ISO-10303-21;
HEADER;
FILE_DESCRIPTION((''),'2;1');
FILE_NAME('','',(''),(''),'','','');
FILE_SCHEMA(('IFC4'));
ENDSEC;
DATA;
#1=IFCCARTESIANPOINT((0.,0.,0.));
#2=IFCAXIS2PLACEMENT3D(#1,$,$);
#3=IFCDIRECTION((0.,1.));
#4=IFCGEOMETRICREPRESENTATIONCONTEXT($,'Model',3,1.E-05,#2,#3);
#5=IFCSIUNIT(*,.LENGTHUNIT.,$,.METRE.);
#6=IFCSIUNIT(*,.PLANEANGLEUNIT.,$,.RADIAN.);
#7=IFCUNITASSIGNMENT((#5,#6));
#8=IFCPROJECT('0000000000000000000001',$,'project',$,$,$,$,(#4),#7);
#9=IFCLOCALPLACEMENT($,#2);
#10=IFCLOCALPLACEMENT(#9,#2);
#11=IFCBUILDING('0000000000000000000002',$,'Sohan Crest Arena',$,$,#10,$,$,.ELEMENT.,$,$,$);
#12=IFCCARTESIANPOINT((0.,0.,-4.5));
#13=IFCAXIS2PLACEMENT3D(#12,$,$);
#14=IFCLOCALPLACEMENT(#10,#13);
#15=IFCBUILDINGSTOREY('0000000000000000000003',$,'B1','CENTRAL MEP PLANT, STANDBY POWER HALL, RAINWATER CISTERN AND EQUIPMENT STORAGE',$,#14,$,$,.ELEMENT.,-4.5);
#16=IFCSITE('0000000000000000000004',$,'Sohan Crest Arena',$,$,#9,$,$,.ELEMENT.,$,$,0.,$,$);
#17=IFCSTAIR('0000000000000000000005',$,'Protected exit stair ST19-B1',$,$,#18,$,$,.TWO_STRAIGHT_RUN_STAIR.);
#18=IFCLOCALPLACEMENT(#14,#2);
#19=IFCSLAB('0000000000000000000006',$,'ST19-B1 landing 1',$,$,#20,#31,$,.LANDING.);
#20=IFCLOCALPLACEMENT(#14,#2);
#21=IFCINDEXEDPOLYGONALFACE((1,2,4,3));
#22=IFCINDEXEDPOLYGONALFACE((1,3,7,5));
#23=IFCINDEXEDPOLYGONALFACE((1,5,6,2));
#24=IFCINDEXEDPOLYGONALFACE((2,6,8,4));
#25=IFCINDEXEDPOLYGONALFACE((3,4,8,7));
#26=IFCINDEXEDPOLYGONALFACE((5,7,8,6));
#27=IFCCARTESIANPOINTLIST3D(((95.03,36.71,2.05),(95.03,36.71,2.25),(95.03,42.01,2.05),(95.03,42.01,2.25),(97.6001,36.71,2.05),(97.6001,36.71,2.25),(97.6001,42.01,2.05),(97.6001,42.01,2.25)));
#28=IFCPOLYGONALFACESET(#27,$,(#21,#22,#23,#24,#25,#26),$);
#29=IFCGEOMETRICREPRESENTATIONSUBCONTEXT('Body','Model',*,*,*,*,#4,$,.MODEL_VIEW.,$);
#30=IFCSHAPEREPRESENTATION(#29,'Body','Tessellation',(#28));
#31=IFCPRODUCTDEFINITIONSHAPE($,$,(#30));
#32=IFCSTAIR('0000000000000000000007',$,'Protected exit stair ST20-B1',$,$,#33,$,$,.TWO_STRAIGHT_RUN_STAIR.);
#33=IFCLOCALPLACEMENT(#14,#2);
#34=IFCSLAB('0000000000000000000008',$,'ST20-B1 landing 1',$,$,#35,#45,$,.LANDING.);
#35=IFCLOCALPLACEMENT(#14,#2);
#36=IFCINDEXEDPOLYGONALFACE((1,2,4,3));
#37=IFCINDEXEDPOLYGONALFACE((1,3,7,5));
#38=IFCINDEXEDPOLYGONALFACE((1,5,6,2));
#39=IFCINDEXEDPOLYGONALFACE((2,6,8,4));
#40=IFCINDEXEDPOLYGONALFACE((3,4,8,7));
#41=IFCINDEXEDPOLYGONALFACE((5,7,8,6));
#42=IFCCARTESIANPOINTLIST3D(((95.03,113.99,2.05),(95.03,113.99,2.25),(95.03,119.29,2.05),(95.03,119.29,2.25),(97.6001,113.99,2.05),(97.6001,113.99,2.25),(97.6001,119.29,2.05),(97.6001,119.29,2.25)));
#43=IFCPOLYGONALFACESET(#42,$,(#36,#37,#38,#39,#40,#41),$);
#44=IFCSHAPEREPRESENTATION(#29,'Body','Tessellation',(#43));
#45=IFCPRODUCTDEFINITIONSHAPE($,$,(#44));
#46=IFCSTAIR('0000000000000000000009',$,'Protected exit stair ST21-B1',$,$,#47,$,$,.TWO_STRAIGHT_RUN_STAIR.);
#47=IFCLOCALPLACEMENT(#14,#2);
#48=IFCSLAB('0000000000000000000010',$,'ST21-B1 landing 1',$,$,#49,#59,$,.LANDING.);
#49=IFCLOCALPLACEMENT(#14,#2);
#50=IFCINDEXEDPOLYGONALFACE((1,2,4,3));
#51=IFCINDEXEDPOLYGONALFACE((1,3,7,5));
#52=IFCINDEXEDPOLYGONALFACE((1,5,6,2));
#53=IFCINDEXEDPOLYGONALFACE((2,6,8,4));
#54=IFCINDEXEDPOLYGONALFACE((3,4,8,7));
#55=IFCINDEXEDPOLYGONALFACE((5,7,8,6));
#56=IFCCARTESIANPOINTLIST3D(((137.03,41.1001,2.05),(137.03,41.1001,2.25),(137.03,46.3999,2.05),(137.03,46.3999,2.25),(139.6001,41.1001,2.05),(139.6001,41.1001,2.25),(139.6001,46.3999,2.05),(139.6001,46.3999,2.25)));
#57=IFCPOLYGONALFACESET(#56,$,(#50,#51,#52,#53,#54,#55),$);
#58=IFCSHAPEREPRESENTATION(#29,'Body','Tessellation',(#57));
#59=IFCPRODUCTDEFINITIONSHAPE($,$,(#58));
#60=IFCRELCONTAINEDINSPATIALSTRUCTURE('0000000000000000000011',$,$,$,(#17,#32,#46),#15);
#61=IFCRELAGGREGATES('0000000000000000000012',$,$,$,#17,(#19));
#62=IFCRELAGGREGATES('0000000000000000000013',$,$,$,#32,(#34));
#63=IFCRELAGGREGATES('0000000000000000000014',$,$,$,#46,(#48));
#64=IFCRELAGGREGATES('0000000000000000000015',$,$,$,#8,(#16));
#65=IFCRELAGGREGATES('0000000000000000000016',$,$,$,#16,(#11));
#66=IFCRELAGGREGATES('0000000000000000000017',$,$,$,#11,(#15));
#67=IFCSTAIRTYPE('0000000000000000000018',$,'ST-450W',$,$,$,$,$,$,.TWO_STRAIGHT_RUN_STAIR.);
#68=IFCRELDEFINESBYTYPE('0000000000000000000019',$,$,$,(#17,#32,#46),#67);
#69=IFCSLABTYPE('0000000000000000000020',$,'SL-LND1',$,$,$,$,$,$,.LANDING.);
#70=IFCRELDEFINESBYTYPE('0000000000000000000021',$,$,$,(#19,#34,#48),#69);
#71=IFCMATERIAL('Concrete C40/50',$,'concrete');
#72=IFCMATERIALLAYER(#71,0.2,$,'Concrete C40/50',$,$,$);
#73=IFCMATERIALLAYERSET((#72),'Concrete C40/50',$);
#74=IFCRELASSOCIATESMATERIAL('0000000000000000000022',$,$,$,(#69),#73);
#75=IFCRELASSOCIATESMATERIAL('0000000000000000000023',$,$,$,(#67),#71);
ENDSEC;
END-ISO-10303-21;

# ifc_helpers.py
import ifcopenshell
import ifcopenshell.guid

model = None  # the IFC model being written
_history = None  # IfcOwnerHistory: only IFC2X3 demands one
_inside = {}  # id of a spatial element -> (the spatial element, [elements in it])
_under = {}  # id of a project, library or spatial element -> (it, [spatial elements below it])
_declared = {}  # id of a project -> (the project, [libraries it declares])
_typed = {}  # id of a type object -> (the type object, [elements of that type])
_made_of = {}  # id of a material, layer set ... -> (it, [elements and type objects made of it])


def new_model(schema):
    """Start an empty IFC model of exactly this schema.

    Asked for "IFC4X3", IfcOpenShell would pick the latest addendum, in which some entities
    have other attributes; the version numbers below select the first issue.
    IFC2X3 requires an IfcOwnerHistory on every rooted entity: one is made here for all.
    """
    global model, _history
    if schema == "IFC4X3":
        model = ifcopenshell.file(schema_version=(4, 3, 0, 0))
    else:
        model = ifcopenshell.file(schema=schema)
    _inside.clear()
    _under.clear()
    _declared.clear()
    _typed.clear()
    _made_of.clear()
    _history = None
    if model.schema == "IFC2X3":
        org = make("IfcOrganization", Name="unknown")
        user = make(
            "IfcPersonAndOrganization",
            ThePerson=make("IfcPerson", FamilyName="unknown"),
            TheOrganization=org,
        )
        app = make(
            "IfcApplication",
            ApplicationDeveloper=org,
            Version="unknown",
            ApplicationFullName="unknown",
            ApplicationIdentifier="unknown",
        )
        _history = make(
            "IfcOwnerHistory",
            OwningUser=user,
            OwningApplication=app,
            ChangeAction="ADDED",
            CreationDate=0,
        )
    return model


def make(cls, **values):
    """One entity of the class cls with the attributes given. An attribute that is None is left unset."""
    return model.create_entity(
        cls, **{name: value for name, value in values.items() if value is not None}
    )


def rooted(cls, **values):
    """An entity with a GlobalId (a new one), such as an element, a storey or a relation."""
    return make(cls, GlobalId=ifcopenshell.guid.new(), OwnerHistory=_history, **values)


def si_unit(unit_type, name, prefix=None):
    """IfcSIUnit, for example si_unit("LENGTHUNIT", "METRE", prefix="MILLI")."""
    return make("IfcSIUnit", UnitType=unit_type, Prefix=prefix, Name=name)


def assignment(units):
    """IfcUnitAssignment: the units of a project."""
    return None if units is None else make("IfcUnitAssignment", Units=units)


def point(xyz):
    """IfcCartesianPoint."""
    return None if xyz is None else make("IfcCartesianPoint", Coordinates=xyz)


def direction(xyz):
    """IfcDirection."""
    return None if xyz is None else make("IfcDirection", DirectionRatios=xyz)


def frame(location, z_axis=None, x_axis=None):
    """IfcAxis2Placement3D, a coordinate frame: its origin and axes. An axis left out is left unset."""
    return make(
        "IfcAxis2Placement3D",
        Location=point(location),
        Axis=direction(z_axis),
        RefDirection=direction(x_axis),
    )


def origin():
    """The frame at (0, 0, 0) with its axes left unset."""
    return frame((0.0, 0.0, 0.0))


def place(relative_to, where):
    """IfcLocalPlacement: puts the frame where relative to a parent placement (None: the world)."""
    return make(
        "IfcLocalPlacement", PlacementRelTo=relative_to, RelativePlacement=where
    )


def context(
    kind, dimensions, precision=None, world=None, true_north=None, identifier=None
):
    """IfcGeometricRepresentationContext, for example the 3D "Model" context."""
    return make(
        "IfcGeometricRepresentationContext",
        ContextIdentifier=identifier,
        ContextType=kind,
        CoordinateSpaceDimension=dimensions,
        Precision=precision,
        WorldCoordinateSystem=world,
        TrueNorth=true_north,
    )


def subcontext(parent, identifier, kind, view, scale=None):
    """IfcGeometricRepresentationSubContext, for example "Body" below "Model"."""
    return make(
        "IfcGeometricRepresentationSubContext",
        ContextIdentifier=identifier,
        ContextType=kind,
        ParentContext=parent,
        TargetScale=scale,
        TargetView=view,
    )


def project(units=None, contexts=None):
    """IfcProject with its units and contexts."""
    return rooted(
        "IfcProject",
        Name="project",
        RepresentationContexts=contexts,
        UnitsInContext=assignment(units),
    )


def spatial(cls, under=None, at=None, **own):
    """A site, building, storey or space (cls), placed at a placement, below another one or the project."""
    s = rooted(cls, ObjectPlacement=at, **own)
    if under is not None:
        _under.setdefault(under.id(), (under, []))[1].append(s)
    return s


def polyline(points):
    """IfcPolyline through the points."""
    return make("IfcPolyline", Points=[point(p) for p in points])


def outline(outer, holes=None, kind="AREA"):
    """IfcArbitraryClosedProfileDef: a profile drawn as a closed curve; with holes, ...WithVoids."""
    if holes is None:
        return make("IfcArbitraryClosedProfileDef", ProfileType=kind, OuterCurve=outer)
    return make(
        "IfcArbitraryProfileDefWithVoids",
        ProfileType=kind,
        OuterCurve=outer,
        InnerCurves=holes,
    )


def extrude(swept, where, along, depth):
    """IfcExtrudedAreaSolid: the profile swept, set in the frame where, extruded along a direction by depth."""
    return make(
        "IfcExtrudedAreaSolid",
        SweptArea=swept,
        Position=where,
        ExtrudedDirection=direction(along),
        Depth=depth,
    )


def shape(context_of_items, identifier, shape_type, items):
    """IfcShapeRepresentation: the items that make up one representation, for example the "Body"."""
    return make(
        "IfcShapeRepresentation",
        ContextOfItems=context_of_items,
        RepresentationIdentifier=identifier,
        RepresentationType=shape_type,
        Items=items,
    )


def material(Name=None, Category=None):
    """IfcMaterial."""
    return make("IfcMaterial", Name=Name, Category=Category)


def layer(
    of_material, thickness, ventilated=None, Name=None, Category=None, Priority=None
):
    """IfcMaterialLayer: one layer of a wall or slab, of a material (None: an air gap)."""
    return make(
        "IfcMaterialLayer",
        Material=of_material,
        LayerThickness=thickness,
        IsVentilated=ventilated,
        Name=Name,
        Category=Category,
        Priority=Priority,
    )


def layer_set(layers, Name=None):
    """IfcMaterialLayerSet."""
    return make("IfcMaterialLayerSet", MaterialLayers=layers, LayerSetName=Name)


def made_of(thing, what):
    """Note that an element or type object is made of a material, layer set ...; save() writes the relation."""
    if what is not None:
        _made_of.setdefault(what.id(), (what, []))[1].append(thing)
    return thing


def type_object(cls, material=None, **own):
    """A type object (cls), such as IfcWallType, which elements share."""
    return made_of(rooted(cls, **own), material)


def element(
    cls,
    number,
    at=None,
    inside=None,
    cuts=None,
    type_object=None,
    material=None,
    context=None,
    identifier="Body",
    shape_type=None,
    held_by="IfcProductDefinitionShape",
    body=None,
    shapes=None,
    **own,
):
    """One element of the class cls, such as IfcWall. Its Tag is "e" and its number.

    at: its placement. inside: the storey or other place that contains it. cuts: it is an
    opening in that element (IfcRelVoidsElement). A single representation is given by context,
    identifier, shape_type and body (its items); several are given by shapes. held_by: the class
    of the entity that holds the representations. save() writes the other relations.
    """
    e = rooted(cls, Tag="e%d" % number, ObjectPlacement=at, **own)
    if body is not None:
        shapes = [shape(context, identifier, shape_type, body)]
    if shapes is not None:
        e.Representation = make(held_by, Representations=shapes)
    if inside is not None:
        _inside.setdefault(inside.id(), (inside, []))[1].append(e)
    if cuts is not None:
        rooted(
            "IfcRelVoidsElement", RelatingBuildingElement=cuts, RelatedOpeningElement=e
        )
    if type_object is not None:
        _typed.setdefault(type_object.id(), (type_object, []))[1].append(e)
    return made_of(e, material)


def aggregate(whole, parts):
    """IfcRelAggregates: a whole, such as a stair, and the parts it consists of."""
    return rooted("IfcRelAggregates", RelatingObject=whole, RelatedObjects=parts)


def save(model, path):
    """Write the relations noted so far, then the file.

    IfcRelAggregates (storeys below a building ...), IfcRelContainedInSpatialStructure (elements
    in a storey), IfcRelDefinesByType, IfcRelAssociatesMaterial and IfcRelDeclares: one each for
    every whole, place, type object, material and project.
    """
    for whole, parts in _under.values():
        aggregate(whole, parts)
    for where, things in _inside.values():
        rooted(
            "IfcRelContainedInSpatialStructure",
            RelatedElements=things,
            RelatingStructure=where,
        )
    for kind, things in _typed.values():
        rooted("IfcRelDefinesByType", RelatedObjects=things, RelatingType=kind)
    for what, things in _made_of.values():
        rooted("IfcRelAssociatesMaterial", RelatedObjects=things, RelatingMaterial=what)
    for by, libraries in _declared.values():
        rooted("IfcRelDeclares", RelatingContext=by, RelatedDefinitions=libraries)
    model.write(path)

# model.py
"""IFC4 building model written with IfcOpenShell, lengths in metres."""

from ifc_helpers import new_model, si_unit, direction, frame, origin, place, context, subcontext, project, spatial, polyline, outline, extrude, material, layer, layer_set, type_object, element, aggregate, save


model = new_model("IFC4")

# Units and contexts
model_context = context("Model", 3, precision=1e-05, world=origin(), true_north=direction((0.0, 1.0)))
body_context = subcontext(model_context, "Body", "Model", "MODEL_VIEW")
ifc_project = project(units=[si_unit("LENGTHUNIT", "METRE"), si_unit("PLANEANGLEUNIT", "RADIAN")], contexts=[model_context])

# Site, building, storey
site_placement = place(None, origin())
site = spatial("IfcSite", under=ifc_project, at=site_placement, Name="Sohan Crest Arena", CompositionType="ELEMENT", RefElevation=0.0)
building_placement = place(site_placement, origin())
building = spatial("IfcBuilding", under=site, at=building_placement, Name="Sohan Crest Arena", CompositionType="ELEMENT")
storey_placement = place(building_placement, frame((0.0, 0.0, -4.5)))
storey = spatial("IfcBuildingStorey", under=building, at=storey_placement, Name="B1", Description="CENTRAL MEP PLANT, STANDBY POWER HALL, RAINWATER CISTERN AND EQUIPMENT STORAGE", CompositionType="ELEMENT", Elevation=-4.5)

# Shared definitions
ifc_material = material(Name="Concrete C40/50", Category="concrete")

# Stairs, slabs
ifc_layer_1 = layer(ifc_material, 0.2, Name="Concrete C40/50")
ifc_layer_set_1 = layer_set([ifc_layer_1], Name="Concrete C40/50")
slab_type_1 = type_object("IfcSlabType", Name="SL-LND1", PredefinedType="LANDING", material=ifc_layer_set_1)
stair_type_1 = type_object("IfcStairType", Name="ST-450W", PredefinedType="TWO_STRAIGHT_RUN_STAIR", material=ifc_material)
stair_1_placement = place(storey_placement, origin())
stair_1 = element("IfcStair", 1, at=stair_1_placement, inside=storey, type_object=stair_type_1, Name="Protected exit stair ST19-B1", PredefinedType="TWO_STRAIGHT_RUN_STAIR")
slab_1_placement = place(storey_placement, frame((0.0, 0.0, 2.05)))
slab_1 = element("IfcSlab", 2, at=slab_1_placement, type_object=slab_type_1, Name="ST19-B1 landing 1", PredefinedType="LANDING", context=body_context, shape_type="SweptSolid", body=[
    extrude(outline(polyline([(95.03, 36.71), (97.6001, 36.71), (97.6001, 42.01), (95.03, 42.01), (95.03, 36.71)])), origin(), (0.0, 0.0, 1.0), 0.2),
])
aggregate(stair_1, [slab_1])
stair_2_placement = place(storey_placement, origin())
stair_2 = element("IfcStair", 3, at=stair_2_placement, inside=storey, type_object=stair_type_1, Name="Protected exit stair ST20-B1", PredefinedType="TWO_STRAIGHT_RUN_STAIR")
slab_2_placement = place(storey_placement, frame((0.0, 0.0, 2.05)))
slab_2 = element("IfcSlab", 4, at=slab_2_placement, type_object=slab_type_1, Name="ST20-B1 landing 1", PredefinedType="LANDING", context=body_context, shape_type="SweptSolid", body=[
    extrude(outline(polyline([(95.03, 113.99), (97.6001, 113.99), (97.6001, 119.29), (95.03, 119.29), (95.03, 113.99)])), origin(), (0.0, 0.0, 1.0), 0.2),
])
aggregate(stair_2, [slab_2])
stair_3_placement = place(storey_placement, origin())
stair_3 = element("IfcStair", 5, at=stair_3_placement, inside=storey, type_object=stair_type_1, Name="Protected exit stair ST21-B1", PredefinedType="TWO_STRAIGHT_RUN_STAIR")
slab_3_placement = place(storey_placement, frame((0.0, 0.0, 2.05)))
slab_3 = element("IfcSlab", 6, at=slab_3_placement, type_object=slab_type_1, Name="ST21-B1 landing 1", PredefinedType="LANDING", context=body_context, shape_type="SweptSolid", body=[
    extrude(outline(polyline([(137.03, 41.1001), (139.6001, 41.1001), (139.6001, 46.3999), (137.03, 46.3999), (137.03, 41.1001)])), origin(), (0.0, 0.0, 1.0), 0.2),
])
aggregate(stair_3, [slab_3])

save(model, "model.ifc")
